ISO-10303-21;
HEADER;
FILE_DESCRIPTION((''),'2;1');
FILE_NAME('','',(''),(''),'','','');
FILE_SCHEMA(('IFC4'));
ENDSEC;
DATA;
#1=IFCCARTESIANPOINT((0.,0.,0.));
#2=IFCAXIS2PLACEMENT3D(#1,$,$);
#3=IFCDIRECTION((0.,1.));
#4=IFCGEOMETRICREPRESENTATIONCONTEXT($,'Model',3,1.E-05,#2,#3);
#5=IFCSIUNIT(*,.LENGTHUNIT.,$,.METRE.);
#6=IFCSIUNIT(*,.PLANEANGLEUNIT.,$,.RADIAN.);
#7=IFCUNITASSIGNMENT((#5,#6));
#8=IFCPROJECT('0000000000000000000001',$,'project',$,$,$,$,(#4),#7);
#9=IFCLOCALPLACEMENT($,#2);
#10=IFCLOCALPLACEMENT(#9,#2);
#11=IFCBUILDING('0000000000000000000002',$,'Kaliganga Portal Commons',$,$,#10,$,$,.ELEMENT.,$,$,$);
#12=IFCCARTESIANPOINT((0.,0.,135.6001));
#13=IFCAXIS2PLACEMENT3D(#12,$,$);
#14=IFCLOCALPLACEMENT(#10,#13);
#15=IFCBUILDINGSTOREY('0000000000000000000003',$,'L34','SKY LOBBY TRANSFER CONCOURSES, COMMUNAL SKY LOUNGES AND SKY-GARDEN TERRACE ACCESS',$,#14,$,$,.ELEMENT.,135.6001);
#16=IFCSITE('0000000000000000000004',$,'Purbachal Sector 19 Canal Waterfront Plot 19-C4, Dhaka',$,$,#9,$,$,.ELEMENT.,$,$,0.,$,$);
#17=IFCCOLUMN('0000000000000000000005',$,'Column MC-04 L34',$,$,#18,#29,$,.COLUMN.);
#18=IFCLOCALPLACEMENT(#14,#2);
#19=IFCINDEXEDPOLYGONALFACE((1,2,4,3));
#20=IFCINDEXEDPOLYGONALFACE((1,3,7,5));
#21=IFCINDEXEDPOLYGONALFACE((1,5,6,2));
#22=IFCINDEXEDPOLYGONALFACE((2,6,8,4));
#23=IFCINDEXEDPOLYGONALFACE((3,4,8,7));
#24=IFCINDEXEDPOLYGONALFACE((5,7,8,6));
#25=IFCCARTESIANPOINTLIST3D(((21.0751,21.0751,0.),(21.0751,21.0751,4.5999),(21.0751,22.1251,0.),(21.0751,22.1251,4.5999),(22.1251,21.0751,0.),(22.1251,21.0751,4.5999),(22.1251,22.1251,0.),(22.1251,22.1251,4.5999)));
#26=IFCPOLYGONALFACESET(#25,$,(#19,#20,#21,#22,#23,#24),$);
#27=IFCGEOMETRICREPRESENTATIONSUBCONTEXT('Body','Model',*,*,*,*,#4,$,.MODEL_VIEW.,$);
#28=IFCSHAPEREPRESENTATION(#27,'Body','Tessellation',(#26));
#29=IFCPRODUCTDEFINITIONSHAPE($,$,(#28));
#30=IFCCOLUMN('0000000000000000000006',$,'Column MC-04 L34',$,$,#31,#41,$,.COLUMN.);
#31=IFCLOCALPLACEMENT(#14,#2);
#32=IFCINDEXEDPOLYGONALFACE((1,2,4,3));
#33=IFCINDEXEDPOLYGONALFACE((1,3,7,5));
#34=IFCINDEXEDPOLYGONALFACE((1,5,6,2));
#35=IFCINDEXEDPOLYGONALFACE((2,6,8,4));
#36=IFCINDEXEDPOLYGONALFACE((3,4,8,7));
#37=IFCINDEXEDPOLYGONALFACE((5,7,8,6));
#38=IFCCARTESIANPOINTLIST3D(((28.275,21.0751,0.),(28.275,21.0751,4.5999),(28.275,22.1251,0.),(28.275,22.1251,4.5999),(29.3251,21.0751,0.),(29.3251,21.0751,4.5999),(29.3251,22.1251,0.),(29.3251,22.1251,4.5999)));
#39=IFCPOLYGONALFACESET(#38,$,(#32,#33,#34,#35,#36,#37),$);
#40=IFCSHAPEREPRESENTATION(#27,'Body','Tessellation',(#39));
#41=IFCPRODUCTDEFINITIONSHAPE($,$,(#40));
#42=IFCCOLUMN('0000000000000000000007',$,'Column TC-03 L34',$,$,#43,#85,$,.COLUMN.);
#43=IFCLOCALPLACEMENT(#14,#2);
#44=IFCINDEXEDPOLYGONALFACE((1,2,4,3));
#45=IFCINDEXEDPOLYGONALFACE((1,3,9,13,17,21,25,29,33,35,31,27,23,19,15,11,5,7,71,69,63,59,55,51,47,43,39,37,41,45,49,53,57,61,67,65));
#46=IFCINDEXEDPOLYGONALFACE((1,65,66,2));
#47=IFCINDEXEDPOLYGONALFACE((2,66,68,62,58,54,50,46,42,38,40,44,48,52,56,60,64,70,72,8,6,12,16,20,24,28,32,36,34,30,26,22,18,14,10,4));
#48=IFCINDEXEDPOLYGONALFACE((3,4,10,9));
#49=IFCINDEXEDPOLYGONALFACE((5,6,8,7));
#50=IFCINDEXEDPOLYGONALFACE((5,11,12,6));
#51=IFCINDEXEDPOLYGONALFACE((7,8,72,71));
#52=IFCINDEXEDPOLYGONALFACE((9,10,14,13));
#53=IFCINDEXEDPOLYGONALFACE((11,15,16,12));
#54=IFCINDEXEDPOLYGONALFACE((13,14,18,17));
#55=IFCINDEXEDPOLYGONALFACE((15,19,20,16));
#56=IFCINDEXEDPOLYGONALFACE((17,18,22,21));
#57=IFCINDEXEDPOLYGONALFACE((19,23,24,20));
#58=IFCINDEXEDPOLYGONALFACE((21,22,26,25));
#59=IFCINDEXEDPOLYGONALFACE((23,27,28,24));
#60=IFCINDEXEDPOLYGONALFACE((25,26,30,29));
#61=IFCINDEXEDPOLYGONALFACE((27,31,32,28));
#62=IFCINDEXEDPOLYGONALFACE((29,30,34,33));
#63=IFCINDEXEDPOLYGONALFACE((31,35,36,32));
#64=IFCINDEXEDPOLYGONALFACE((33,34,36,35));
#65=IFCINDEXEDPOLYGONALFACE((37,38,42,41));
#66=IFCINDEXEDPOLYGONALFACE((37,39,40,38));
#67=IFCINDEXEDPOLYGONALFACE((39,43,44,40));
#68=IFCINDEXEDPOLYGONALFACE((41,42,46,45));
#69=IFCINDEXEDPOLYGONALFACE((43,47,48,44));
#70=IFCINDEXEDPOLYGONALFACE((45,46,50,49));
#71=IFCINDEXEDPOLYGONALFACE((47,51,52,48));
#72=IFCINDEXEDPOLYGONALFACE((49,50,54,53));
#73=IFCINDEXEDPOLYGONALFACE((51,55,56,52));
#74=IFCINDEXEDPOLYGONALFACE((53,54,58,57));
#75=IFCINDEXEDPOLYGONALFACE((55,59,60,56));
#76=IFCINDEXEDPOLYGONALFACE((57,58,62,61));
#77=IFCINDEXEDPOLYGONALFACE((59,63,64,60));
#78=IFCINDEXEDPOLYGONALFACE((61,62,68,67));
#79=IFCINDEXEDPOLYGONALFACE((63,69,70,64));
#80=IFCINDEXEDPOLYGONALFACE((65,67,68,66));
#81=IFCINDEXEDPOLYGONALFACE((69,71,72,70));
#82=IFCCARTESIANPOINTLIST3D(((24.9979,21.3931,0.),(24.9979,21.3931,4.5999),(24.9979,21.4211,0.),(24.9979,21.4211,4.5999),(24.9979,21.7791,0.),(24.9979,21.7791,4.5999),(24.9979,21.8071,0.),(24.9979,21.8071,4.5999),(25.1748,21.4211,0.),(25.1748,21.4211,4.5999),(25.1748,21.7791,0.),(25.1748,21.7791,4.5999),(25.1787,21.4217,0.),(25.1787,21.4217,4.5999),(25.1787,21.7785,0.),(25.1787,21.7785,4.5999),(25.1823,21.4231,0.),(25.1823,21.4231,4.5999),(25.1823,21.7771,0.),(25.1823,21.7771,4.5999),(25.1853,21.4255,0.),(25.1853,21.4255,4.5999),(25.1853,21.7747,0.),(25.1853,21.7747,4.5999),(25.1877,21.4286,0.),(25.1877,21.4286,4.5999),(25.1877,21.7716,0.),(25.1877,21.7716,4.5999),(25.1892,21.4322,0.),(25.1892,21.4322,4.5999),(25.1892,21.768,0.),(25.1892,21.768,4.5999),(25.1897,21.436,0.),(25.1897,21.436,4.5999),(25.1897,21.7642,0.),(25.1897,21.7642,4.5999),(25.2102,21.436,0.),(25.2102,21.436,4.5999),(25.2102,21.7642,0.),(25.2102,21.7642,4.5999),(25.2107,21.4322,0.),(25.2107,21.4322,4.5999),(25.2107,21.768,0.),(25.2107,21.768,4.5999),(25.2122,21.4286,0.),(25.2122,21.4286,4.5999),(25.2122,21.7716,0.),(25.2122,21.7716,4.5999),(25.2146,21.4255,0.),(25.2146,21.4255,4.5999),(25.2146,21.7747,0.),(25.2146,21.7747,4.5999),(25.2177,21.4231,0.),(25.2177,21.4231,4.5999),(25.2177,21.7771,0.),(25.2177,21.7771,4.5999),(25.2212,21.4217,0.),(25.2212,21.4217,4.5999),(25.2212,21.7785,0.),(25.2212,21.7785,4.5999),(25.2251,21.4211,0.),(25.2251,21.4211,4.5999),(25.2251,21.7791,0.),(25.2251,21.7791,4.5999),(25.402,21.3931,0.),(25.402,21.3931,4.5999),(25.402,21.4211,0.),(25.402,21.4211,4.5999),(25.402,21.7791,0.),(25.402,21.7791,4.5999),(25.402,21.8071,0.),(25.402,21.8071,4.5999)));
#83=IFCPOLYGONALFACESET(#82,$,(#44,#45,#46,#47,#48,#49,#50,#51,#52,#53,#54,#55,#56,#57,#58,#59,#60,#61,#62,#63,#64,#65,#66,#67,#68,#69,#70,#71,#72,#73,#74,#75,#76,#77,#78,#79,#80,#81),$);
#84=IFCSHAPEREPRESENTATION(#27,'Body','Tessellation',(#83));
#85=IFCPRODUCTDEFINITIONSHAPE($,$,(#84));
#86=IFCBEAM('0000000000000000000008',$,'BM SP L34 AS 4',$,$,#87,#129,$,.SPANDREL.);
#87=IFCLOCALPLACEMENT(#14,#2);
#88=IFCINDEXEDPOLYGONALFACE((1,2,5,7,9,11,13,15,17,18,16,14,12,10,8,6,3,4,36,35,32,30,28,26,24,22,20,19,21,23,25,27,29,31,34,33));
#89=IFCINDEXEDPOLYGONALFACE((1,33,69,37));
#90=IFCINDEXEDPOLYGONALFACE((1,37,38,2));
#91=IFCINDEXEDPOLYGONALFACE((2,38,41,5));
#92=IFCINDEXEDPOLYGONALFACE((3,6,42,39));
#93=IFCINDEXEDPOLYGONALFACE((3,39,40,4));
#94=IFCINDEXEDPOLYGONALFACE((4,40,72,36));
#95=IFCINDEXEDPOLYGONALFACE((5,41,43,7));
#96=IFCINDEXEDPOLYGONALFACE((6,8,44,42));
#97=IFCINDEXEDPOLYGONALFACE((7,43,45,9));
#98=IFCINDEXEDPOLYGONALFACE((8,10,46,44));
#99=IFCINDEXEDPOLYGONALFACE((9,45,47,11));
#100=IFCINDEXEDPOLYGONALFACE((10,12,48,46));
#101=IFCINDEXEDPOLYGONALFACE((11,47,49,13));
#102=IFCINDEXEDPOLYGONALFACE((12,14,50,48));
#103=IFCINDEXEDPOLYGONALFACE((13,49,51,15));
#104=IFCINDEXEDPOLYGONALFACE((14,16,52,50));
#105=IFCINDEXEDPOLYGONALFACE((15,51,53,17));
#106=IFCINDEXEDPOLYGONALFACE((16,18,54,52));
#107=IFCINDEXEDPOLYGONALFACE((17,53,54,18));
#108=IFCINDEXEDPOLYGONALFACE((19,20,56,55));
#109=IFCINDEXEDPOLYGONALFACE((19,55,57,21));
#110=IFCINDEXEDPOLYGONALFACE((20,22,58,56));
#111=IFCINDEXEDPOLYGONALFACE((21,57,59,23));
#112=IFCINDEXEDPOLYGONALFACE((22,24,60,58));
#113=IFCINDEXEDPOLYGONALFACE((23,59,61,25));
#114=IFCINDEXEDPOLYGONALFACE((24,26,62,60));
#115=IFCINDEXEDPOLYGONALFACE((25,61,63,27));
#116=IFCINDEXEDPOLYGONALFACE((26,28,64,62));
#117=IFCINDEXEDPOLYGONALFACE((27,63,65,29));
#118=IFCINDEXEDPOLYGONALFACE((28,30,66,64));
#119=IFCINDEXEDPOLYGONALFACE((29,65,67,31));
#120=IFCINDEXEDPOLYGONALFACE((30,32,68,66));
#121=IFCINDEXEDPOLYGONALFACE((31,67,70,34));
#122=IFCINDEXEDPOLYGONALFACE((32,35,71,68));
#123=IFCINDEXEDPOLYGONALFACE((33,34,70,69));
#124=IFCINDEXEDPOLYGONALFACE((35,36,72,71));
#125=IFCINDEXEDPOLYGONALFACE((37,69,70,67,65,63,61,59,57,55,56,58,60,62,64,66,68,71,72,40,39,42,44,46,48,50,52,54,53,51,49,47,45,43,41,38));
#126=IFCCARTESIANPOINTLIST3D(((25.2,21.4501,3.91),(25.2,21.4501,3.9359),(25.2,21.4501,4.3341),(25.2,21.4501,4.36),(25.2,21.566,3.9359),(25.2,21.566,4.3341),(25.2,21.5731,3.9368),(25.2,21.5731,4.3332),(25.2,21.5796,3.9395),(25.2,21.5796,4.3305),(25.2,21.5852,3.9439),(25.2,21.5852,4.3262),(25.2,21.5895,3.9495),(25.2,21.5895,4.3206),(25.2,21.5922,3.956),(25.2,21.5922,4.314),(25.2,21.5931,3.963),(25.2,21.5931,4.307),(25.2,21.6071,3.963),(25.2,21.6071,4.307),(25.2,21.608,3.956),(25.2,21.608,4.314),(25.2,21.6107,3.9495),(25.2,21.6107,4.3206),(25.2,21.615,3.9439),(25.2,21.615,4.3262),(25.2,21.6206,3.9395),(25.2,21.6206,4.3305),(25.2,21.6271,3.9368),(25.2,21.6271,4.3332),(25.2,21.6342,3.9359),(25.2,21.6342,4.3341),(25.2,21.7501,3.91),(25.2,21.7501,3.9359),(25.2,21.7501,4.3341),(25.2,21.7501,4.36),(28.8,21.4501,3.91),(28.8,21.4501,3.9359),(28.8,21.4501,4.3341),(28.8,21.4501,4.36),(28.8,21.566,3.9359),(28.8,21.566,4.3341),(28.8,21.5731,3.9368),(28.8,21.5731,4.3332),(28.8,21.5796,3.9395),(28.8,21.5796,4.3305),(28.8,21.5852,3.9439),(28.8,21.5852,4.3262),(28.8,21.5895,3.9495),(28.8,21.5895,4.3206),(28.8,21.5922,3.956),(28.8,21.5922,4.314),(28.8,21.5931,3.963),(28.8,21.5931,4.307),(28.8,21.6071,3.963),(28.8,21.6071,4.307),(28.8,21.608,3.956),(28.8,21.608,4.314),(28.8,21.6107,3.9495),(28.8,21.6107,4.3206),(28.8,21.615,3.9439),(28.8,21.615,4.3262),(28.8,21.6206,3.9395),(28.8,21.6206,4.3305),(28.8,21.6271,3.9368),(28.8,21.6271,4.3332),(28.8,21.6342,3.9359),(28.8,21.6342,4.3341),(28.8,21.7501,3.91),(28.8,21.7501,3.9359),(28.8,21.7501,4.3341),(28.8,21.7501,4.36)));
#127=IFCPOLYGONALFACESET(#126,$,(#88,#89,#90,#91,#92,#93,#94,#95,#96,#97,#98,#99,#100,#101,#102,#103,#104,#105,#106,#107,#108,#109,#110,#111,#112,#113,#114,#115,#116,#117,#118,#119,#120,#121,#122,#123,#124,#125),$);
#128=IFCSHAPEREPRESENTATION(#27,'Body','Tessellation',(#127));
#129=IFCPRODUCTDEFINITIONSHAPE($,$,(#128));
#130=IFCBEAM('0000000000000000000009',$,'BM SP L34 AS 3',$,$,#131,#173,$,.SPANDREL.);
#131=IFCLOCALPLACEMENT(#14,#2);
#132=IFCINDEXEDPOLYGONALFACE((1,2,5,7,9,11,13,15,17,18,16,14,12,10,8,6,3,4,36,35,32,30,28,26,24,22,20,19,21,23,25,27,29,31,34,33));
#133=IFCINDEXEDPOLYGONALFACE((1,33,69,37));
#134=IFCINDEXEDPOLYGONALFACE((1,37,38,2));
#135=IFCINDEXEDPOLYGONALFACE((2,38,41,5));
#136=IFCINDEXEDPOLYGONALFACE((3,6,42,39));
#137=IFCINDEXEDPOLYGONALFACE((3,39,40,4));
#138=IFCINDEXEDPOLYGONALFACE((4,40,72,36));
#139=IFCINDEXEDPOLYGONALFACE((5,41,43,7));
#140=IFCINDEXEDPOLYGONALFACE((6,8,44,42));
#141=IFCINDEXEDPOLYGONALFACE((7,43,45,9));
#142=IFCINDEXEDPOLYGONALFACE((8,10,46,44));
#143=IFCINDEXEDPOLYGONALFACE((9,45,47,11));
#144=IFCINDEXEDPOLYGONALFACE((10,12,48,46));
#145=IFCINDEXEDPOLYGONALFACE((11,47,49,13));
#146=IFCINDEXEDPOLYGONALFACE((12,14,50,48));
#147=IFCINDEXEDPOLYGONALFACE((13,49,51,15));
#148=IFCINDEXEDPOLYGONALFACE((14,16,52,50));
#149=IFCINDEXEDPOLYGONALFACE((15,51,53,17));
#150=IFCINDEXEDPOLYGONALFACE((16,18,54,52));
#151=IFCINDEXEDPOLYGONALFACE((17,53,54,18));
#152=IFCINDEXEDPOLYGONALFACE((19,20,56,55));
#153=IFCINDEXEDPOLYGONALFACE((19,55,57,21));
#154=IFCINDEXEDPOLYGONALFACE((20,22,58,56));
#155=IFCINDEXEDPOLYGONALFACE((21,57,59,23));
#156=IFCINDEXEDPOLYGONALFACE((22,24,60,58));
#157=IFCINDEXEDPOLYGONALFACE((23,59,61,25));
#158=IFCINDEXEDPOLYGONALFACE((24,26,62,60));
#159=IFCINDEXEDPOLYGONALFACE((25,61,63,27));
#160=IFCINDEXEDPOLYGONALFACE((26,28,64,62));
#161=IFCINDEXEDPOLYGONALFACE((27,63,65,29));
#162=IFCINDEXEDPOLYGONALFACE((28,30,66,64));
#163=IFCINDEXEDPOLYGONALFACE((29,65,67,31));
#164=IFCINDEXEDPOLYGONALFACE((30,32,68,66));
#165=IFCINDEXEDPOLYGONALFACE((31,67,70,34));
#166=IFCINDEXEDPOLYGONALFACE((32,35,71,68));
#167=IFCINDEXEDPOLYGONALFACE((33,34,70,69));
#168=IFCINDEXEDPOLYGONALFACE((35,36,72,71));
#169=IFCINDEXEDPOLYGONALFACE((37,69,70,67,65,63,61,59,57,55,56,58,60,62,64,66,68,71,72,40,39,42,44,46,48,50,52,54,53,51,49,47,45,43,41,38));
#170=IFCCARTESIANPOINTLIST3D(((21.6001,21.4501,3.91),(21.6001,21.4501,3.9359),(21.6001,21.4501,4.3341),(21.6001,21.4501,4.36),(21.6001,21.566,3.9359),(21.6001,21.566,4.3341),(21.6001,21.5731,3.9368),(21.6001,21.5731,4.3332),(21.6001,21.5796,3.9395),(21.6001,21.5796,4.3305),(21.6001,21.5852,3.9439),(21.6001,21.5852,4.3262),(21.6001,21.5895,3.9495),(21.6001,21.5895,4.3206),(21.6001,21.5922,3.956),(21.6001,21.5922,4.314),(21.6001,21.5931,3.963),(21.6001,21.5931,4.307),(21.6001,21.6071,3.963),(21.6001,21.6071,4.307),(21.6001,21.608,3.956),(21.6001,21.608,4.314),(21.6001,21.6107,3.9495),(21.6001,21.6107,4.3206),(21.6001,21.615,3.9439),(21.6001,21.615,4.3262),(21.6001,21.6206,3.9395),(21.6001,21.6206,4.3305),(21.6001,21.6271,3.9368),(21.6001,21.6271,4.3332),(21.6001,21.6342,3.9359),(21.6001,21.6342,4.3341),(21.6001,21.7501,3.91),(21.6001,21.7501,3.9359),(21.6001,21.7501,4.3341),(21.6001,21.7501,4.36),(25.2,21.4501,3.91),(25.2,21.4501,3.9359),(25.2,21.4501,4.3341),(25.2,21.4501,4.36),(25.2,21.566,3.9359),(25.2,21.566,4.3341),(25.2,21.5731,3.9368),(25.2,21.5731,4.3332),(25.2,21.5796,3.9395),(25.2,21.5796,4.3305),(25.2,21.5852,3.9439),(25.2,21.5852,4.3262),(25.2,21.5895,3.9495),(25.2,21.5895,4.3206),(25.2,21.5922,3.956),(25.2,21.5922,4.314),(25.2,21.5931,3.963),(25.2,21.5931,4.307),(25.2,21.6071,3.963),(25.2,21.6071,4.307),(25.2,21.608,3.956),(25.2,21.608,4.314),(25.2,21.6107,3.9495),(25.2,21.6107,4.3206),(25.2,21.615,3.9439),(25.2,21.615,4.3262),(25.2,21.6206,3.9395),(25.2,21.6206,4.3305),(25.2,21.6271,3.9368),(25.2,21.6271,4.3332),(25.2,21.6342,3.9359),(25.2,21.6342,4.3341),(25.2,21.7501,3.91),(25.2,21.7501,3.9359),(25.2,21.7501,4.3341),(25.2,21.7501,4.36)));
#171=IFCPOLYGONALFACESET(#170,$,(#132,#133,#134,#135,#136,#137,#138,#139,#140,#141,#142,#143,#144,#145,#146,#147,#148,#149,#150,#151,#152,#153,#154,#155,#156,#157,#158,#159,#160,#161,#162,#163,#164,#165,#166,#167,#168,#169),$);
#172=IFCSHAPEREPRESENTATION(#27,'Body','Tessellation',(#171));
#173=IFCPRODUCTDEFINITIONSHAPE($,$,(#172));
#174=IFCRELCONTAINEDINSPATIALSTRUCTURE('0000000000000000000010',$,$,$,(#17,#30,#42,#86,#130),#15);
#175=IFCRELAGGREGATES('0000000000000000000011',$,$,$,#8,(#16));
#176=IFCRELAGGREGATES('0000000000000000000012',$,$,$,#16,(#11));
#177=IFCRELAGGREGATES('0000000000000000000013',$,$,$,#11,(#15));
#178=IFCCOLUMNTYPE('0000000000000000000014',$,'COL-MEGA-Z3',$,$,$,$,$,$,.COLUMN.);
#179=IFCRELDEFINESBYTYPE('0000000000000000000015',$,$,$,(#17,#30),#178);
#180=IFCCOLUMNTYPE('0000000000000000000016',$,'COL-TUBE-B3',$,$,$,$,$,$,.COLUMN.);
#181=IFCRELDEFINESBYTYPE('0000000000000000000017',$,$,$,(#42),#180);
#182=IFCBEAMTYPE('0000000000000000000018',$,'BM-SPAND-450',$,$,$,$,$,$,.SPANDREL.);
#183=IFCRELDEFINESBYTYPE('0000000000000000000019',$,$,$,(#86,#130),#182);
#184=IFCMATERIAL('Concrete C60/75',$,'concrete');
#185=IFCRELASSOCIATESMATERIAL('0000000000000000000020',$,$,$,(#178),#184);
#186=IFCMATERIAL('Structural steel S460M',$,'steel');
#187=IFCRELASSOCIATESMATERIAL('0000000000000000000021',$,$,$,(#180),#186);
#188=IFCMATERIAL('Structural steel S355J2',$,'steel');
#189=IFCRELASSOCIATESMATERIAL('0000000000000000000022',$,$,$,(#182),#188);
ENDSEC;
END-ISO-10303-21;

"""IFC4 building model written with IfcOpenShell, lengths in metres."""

from ifc_helpers import new_model, si_unit, direction, frame, origin, origin_2d, place, context, subcontext, project, spatial, rectangle, i_section, extrude, source, transform, mapped, material, material_profile, profile_set, type_object, element, save


model = new_model("IFC4")

# Units and contexts
model_context = context("Model", 3, precision=1e-05, world=origin(), true_north=direction((0.0, 1.0)))
body_context = subcontext(model_context, "Body", "Model", "MODEL_VIEW")
ifc_project = project(units=[si_unit("LENGTHUNIT", "METRE"), si_unit("PLANEANGLEUNIT", "RADIAN")], contexts=[model_context])

# Site, building, storey
site_placement = place(None, origin())
site = spatial("IfcSite", under=ifc_project, at=site_placement, Name="Purbachal Sector 19 Canal Waterfront Plot 19-C4, Dhaka", CompositionType="ELEMENT", RefElevation=0.0)
building_placement = place(site_placement, origin())
building = spatial("IfcBuilding", under=site, at=building_placement, Name="Kaliganga Portal Commons", CompositionType="ELEMENT")
storey_placement = place(building_placement, frame((0.0, 0.0, 135.6001)))
storey = spatial("IfcBuildingStorey", under=building, at=storey_placement, Name="L34", Description="SKY LOBBY TRANSFER CONCOURSES, COMMUNAL SKY LOUNGES AND SKY-GARDEN TERRACE ACCESS", CompositionType="ELEMENT", Elevation=135.6001)

# Columns
ifc_material_1 = material(Name="Concrete C60/75", Category="concrete")
ifc_material_profile_1 = material_profile(ifc_material_1, rectangle(XDim=1.05, YDim=1.05, at=origin_2d()), Name="RC 1050x1050")
ifc_profile_set_1 = profile_set([ifc_material_profile_1], Name="Concrete C60/75")
column_type_1 = type_object("IfcColumnType", Name="COL-MEGA-Z3", PredefinedType="COLUMN", material=ifc_profile_set_1)
shared_shape_1 = source(origin(), body_context, "Body", "SweptSolid", [
    extrude(rectangle(XDim=1.05, YDim=1.05, at=origin_2d()), origin(), (0.0, 0.0, 1.0), 4.5999),
])
for number, where, z_axis, x_axis, name in (
    (1, (21.6001, 21.6001, 0.0), (0.0, 0.0, 1.0), (1.0, 0.0, 0.0), "Column MC-04 L34"),
    (2, (28.8, 21.6001, 0.0), (0.0, 0.0, 1.0), (1.0, 0.0, 0.0), "Column MC-04 L34"),
):
    element("IfcColumn", number, at=place(storey_placement, frame(where, z_axis=z_axis, x_axis=x_axis)), inside=storey, type_object=column_type_1, Name=name, PredefinedType="COLUMN", context=body_context, shape_type="MappedRepresentation", body=[
        mapped(shared_shape_1, transform((0.0, 0.0, 0.0), x_axis=(1.0, 0.0, 0.0), y_axis=(0.0, 1.0, 0.0), z_axis=(0.0, 0.0, 1.0), scale=1.0)),
    ])
ifc_material_2 = material(Name="Structural steel S460M", Category="steel")
ifc_material_profile_2 = material_profile(ifc_material_2, i_section(OverallWidth=0.4041, OverallDepth=0.4141, WebThickness=0.0205, FlangeThickness=0.0281, FilletRadius=0.0149, at=origin_2d()), Name="HD 400x347")
ifc_profile_set_2 = profile_set([ifc_material_profile_2], Name="Structural steel S460M wide-flange")
column_type_2 = type_object("IfcColumnType", Name="COL-TUBE-B3", PredefinedType="COLUMN", material=ifc_profile_set_2)
shared_shape_2 = source(origin(), body_context, "Body", "SweptSolid", [
    extrude(i_section(OverallWidth=0.4041, OverallDepth=0.4141, WebThickness=0.0205, FlangeThickness=0.0281, FilletRadius=0.0149, at=origin_2d()), origin(), (0.0, 0.0, 1.0), 4.5999),
])
column_placement = place(storey_placement, frame((25.2, 21.6001, 0.0), z_axis=(0.0, 0.0, 1.0), x_axis=(1.0, 0.0, 0.0)))
element("IfcColumn", 3, at=column_placement, inside=storey, type_object=column_type_2, Name="Column TC-03 L34", PredefinedType="COLUMN", context=body_context, shape_type="MappedRepresentation", body=[
    mapped(shared_shape_2, transform((0.0, 0.0, 0.0), x_axis=(1.0, 0.0, 0.0), y_axis=(0.0, 1.0, 0.0), z_axis=(0.0, 0.0, 1.0), scale=1.0)),
])

# Beams
ifc_material_3 = material(Name="Structural steel S355J2", Category="steel")
ifc_material_profile_3 = material_profile(ifc_material_3, i_section(OverallWidth=0.3, OverallDepth=0.45, WebThickness=0.0139, FlangeThickness=0.0259, FilletRadius=0.0271, at=origin_2d()), Name="HE 450 B")
ifc_profile_set_3 = profile_set([ifc_material_profile_3], Name="Structural steel S355J2 wide-flange")
beam_type_1 = type_object("IfcBeamType", Name="BM-SPAND-450", PredefinedType="SPANDREL", material=ifc_profile_set_3)
shared_shape_3 = source(origin(), body_context, "Body", "SweptSolid", [
    extrude(i_section(OverallWidth=0.3, OverallDepth=0.45, WebThickness=0.0139, FlangeThickness=0.0259, FilletRadius=0.0271, at=origin_2d()), origin(), (0.0, 0.0, 1.0), 3.6001),
])
beam_1_placement = place(storey_placement, frame((25.2, 21.6001, 4.135), z_axis=(1.0, 0.0, 0.0), x_axis=(0.0, 1.0, 0.0)))
element("IfcBeam", 4, at=beam_1_placement, inside=storey, type_object=beam_type_1, Name="BM SP L34 AS 4", PredefinedType="SPANDREL", context=body_context, shape_type="MappedRepresentation", body=[
    mapped(shared_shape_3, transform((0.0, 0.0, 0.0), x_axis=(1.0, 0.0, 0.0), y_axis=(0.0, 1.0, 0.0), z_axis=(0.0, 0.0, 1.0), scale=1.0)),
])
shared_shape_4 = source(origin(), body_context, "Body", "SweptSolid", [
    extrude(i_section(OverallWidth=0.3, OverallDepth=0.45, WebThickness=0.0139, FlangeThickness=0.0259, FilletRadius=0.0271, at=origin_2d()), origin(), (0.0, 0.0, 1.0), 3.5999),
])
for number, where, z_axis, x_axis, name in (
    (5, (21.6001, 21.6001, 4.135), (1.0, 0.0, 0.0), (0.0, 1.0, 0.0), "BM SP L34 AS 3"),
):
    element("IfcBeam", number, at=place(storey_placement, frame(where, z_axis=z_axis, x_axis=x_axis)), inside=storey, type_object=beam_type_1, Name=name, PredefinedType="SPANDREL", context=body_context, shape_type="MappedRepresentation", body=[
        mapped(shared_shape_4, transform((0.0, 0.0, 0.0), x_axis=(1.0, 0.0, 0.0), y_axis=(0.0, 1.0, 0.0), z_axis=(0.0, 0.0, 1.0), scale=1.0)),
    ])

save(model, "model.ifc")
